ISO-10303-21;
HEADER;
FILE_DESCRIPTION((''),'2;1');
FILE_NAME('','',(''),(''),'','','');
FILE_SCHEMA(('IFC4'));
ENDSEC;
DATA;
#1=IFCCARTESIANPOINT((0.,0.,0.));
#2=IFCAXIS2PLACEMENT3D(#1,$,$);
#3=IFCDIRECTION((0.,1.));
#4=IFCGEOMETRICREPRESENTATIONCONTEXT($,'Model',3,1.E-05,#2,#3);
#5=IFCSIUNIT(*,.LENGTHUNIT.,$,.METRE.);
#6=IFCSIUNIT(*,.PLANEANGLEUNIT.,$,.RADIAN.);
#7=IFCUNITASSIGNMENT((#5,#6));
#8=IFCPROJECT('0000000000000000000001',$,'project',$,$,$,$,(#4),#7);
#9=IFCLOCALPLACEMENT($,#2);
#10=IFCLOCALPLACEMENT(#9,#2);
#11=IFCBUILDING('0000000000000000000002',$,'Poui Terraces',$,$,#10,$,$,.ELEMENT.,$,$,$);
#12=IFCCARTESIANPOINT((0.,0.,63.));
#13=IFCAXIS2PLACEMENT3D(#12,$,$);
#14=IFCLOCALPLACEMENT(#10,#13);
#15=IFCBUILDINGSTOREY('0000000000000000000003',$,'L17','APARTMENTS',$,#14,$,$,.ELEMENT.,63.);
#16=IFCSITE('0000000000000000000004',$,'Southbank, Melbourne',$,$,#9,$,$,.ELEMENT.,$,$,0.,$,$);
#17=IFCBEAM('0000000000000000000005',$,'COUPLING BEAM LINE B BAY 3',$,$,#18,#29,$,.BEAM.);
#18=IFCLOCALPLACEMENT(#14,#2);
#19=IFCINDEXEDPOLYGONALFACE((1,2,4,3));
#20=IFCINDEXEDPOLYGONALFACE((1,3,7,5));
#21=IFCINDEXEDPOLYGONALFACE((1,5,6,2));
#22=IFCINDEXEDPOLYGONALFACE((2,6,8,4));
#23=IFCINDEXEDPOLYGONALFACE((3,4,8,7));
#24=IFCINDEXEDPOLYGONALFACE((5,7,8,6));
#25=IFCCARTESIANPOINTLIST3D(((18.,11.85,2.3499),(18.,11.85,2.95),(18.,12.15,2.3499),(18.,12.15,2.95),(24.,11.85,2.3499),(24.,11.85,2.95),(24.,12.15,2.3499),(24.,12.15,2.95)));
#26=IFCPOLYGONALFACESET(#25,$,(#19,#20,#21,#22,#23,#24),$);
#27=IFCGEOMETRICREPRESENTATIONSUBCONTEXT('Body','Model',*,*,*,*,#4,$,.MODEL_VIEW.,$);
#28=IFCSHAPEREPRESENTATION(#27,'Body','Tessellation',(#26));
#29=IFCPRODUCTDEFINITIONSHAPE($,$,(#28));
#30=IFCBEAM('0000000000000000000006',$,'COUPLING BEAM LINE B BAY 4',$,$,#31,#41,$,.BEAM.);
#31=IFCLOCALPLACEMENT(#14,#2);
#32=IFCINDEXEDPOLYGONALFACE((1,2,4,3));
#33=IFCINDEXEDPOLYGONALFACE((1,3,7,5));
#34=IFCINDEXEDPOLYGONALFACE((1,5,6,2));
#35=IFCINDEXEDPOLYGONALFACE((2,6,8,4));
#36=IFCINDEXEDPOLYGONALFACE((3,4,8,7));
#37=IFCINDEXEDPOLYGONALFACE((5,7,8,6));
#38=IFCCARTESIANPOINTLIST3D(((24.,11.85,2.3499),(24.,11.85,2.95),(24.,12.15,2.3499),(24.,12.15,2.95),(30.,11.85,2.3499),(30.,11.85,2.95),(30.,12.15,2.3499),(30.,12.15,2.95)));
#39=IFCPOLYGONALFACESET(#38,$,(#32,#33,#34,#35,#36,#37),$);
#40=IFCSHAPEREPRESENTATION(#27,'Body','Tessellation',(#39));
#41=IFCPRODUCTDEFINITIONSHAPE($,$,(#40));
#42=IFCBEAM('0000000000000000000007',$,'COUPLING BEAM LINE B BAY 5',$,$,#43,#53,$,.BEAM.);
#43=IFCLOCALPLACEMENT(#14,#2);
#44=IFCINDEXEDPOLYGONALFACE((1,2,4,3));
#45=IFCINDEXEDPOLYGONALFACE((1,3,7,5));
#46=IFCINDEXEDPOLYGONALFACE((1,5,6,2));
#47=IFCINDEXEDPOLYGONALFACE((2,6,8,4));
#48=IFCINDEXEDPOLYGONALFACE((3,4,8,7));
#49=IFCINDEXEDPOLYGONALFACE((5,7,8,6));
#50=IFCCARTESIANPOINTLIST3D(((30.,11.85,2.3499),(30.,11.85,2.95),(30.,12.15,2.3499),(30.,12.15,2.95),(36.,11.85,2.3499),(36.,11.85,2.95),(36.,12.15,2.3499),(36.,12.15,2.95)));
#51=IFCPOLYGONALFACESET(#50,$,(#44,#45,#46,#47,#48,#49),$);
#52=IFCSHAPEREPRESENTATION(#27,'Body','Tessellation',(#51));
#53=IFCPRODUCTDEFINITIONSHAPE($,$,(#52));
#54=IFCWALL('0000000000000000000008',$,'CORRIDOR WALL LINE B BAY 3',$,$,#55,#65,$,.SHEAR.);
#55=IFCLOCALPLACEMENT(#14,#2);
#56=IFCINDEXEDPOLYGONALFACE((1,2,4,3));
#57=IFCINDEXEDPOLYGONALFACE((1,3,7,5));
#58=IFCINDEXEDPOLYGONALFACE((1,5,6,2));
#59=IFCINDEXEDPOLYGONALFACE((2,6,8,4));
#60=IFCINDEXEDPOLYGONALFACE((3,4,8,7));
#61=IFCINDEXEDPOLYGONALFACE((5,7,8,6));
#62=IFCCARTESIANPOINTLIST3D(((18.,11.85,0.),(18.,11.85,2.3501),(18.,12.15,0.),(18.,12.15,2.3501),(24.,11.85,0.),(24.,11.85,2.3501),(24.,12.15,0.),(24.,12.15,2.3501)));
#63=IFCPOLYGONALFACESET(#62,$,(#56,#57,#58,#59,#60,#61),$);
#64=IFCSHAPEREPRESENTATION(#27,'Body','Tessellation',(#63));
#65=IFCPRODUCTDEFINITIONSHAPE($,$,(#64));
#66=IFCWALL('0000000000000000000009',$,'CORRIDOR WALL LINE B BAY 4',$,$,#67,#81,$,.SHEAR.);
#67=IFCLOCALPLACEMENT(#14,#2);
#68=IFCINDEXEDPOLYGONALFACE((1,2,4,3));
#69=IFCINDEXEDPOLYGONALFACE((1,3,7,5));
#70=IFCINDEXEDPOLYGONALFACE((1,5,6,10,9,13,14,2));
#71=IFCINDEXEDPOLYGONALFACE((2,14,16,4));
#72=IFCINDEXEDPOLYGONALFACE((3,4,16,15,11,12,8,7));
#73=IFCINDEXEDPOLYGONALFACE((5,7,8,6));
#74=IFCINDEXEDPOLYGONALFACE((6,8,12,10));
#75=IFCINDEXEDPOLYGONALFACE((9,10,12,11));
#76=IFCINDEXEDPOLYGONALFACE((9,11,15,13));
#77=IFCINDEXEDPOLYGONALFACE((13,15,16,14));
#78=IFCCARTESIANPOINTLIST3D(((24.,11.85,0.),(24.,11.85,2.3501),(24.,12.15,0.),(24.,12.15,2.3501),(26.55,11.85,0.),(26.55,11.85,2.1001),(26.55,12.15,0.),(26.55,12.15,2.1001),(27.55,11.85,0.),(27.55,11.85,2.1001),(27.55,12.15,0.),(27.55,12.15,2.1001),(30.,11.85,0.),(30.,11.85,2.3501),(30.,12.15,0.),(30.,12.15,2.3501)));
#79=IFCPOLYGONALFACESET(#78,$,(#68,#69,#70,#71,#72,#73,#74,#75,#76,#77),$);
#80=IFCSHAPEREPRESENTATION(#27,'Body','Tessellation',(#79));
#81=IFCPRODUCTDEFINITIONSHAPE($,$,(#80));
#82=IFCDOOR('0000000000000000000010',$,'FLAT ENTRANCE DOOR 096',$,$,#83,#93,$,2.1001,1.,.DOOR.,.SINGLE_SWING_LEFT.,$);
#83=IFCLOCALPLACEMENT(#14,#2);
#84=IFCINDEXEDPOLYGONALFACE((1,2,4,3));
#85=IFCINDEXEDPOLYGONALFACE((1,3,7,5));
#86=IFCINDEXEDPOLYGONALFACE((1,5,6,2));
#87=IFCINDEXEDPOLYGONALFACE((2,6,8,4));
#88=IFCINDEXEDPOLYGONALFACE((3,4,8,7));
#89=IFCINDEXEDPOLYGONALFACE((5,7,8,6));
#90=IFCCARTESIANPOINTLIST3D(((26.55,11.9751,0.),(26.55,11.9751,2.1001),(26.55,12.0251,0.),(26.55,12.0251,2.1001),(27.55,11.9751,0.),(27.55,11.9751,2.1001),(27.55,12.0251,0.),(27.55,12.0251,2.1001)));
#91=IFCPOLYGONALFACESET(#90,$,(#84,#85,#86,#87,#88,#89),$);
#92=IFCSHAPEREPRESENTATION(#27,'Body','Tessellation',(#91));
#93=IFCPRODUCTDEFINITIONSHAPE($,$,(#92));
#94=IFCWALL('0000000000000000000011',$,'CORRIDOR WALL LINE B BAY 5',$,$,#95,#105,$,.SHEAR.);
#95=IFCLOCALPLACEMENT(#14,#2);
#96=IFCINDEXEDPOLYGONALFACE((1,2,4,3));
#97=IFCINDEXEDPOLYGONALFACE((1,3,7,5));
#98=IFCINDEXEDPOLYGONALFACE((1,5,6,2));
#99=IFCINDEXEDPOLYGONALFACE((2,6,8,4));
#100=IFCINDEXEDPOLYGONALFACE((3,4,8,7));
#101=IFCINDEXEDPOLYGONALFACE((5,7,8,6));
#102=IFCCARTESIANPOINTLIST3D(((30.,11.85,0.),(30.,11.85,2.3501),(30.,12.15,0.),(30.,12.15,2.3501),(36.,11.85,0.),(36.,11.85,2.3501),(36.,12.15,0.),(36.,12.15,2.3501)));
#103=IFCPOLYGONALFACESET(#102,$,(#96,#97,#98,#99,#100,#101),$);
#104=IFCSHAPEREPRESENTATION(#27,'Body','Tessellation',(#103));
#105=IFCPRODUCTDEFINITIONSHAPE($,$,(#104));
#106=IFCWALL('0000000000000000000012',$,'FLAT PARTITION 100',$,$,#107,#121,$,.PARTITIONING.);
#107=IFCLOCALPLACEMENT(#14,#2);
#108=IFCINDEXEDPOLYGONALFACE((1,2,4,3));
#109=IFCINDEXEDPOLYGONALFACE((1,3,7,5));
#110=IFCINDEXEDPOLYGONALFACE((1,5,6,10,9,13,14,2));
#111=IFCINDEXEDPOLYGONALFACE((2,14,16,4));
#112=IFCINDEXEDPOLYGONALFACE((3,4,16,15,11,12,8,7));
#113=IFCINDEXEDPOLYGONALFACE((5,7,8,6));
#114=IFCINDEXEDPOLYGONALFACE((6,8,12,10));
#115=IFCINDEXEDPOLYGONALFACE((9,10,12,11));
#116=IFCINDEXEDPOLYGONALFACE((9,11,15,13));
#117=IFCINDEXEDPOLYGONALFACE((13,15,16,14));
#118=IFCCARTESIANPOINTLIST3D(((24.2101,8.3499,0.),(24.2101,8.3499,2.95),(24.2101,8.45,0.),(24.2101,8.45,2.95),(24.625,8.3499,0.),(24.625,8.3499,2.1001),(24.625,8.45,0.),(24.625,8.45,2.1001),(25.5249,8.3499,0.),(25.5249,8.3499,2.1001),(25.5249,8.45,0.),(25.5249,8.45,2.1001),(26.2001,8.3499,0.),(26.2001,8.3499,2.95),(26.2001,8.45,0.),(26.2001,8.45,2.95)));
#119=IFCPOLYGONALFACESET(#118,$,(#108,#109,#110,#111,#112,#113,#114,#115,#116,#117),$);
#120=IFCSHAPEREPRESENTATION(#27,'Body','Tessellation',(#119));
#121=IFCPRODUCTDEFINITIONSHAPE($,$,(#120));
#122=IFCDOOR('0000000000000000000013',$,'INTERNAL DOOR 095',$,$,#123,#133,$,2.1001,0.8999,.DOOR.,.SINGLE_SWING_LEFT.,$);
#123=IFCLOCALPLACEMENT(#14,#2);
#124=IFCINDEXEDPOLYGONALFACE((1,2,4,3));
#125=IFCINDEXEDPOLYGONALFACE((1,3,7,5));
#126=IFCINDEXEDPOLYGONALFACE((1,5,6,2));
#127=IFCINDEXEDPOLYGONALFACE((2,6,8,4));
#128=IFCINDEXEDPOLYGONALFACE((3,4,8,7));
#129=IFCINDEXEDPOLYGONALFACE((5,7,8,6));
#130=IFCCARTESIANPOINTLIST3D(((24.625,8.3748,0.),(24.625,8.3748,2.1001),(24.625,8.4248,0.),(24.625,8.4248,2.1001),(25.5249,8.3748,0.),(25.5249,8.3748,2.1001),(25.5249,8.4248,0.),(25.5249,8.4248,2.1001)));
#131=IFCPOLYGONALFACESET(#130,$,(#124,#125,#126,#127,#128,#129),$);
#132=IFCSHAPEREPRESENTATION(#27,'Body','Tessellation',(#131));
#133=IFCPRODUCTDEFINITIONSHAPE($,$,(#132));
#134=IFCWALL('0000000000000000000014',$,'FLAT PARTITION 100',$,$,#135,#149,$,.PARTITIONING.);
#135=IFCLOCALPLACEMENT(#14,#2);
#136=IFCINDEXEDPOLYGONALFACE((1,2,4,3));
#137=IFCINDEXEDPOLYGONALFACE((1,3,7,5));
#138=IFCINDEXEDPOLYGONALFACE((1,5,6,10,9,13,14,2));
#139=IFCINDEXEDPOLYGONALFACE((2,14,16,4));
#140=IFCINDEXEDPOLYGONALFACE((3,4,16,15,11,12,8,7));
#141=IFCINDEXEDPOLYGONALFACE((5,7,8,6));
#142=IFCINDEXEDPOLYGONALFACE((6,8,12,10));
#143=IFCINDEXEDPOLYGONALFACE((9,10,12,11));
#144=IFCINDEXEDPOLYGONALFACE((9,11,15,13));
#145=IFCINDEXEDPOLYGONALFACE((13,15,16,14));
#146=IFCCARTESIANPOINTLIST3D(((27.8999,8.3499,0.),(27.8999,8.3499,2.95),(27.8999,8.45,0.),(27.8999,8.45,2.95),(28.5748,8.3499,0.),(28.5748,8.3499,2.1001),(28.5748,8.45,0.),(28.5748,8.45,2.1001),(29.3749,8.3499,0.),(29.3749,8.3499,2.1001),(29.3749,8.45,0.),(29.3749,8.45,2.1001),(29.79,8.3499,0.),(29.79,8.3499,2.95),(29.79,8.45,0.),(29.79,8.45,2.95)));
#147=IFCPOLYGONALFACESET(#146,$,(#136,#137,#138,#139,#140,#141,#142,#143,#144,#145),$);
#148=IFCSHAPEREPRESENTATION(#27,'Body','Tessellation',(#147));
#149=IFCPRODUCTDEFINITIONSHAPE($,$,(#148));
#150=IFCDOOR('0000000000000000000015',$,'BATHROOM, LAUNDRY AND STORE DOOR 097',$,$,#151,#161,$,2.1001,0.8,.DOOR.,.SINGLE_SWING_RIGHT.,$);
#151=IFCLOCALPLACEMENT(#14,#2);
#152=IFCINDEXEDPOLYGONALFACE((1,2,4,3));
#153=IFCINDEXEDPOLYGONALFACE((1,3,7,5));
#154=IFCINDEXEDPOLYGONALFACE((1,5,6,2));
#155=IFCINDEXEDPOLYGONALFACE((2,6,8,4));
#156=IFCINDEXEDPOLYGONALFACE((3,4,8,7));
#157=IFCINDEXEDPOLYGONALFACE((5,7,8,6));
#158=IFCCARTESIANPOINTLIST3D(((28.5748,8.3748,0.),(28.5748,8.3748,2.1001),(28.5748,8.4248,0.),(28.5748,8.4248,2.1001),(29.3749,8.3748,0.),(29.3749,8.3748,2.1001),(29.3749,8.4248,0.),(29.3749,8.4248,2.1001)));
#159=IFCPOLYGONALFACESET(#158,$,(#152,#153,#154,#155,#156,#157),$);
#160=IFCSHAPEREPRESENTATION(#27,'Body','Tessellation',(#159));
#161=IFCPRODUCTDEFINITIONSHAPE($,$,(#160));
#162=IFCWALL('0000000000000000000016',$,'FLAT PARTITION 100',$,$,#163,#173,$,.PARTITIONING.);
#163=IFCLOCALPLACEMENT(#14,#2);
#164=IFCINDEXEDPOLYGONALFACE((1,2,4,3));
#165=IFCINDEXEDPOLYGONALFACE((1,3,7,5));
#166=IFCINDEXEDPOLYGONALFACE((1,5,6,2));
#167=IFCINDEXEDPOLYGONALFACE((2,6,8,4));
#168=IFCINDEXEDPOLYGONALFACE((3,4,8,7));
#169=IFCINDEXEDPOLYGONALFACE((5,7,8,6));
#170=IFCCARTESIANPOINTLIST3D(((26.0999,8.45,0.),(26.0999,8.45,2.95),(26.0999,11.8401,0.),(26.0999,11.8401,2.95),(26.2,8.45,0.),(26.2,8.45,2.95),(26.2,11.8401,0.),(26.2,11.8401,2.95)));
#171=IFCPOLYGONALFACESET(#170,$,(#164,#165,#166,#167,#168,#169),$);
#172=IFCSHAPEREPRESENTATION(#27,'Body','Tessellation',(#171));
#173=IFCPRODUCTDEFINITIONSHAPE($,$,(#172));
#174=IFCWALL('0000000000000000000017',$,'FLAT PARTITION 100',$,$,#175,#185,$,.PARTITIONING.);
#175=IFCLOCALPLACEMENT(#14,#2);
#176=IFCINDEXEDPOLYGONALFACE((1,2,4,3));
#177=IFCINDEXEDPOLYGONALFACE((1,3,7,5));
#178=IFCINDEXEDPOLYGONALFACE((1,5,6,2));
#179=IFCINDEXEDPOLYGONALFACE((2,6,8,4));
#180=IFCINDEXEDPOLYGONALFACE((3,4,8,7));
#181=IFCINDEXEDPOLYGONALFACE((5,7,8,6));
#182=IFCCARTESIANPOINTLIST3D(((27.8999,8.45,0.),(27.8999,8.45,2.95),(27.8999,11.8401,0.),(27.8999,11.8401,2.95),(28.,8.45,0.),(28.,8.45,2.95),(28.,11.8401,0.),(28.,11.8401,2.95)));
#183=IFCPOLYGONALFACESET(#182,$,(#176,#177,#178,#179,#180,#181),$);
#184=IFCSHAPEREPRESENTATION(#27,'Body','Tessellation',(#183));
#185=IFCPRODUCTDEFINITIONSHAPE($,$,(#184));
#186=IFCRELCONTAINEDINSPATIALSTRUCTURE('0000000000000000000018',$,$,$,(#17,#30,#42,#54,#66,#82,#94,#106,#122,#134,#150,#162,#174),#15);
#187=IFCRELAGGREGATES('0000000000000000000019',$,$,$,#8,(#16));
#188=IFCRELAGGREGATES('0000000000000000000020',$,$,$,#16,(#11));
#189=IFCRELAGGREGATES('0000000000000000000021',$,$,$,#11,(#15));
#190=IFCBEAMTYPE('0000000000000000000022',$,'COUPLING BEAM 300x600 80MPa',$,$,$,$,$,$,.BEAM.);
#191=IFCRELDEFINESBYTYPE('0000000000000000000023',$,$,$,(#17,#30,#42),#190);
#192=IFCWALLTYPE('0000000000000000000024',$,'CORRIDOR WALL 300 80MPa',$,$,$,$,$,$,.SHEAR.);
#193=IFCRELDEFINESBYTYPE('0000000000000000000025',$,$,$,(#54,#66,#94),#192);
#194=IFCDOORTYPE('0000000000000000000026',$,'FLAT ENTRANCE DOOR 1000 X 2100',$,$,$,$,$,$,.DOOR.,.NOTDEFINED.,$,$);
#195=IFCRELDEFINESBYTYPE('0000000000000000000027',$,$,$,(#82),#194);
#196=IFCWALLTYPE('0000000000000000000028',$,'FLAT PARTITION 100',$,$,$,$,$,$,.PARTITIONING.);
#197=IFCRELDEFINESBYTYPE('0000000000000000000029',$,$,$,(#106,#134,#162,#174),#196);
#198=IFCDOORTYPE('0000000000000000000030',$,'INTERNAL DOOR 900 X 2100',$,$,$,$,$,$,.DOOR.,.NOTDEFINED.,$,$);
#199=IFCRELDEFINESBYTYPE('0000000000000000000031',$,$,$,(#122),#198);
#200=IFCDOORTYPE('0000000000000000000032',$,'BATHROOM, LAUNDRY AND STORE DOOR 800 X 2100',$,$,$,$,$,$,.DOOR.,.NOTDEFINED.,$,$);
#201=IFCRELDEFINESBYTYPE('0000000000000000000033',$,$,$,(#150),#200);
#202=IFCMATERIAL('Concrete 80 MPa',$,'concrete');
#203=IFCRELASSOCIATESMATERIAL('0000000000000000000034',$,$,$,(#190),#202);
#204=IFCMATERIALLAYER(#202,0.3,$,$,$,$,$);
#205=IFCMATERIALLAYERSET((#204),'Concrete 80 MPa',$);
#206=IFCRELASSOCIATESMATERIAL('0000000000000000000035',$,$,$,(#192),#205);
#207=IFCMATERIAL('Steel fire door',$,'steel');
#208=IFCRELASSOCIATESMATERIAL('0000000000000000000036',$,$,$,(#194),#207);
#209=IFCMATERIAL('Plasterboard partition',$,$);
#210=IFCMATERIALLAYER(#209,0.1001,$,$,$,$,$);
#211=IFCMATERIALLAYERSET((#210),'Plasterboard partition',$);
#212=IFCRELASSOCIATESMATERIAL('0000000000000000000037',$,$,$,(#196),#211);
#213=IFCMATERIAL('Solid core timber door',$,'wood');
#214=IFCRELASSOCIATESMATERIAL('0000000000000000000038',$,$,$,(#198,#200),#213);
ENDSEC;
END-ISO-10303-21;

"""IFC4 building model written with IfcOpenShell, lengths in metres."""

from ifc_helpers import new_model, si_unit, direction, frame, frame_2d, origin, origin_2d, place, context, subcontext, project, spatial, rectangle, extrude, source, transform, mapped, material, layer, layer_set, material_profile, profile_set, type_object, element, fill, save


model = new_model("IFC4")

# Units and contexts
model_context = context("Model", 3, precision=1e-05, world=origin(), true_north=direction((0.0, 1.0)))
body_context = subcontext(model_context, "Body", "Model", "MODEL_VIEW")
ifc_project = project(units=[si_unit("LENGTHUNIT", "METRE"), si_unit("PLANEANGLEUNIT", "RADIAN")], contexts=[model_context])

# Site, building, storey
site_placement = place(None, origin())
site = spatial("IfcSite", under=ifc_project, at=site_placement, Name="Southbank, Melbourne", CompositionType="ELEMENT", RefElevation=0.0)
building_placement = place(site_placement, origin())
building = spatial("IfcBuilding", under=site, at=building_placement, Name="Poui Terraces", CompositionType="ELEMENT")
storey_placement = place(building_placement, frame((0.0, 0.0, 63.0)))
storey = spatial("IfcBuildingStorey", under=building, at=storey_placement, Name="L17", Description="APARTMENTS", CompositionType="ELEMENT", Elevation=63.0)

# Beams
ifc_material_1 = material(Name="Concrete 80 MPa", Category="concrete")
ifc_material_profile = material_profile(ifc_material_1, rectangle(XDim=0.3, YDim=0.6001, at=origin_2d()), Name="RC 300x600")
ifc_profile_set = profile_set([ifc_material_profile], Name="Concrete 80 MPa")
beam_type = type_object("IfcBeamType", Name="COUPLING BEAM 300x600 80MPa", PredefinedType="BEAM", material=ifc_profile_set)
shared_shape = source(origin(), body_context, "Body", "SweptSolid", [
    extrude(rectangle(XDim=0.3, YDim=0.6001, at=origin_2d()), origin(), (0.0, 0.0, 1.0), 6.0),
])
for number, where, z_axis, x_axis, name in (
    (1, (18.0, 12.0, 2.6499), (1.0, 0.0, 0.0), (0.0, 1.0, 0.0), "COUPLING BEAM LINE B BAY 3"),
    (2, (24.0, 12.0, 2.6499), (1.0, 0.0, 0.0), (0.0, 1.0, 0.0), "COUPLING BEAM LINE B BAY 4"),
    (3, (30.0, 12.0, 2.6499), (1.0, 0.0, 0.0), (0.0, 1.0, 0.0), "COUPLING BEAM LINE B BAY 5"),
):
    element("IfcBeam", number, at=place(storey_placement, frame(where, z_axis=z_axis, x_axis=x_axis)), inside=storey, type_object=beam_type, Name=name, PredefinedType="BEAM", context=body_context, shape_type="MappedRepresentation", body=[
        mapped(shared_shape, transform((0.0, 0.0, 0.0))),
    ])

# Wall
ifc_layer_1 = layer(ifc_material_1, 0.3)
ifc_layer_set_1 = layer_set([ifc_layer_1], Name="Concrete 80 MPa")
wall_type_1 = type_object("IfcWallType", Name="CORRIDOR WALL 300 80MPa", PredefinedType="SHEAR", material=ifc_layer_set_1)
wall_1_placement = place(storey_placement, frame((18.0, 12.0, 0.0), z_axis=(0.0, 0.0, 1.0), x_axis=(1.0, 0.0, 0.0)))
element("IfcWall", 4, at=wall_1_placement, inside=storey, type_object=wall_type_1, Name="CORRIDOR WALL LINE B BAY 3", PredefinedType="SHEAR", context=body_context, shape_type="SweptSolid", body=[
    extrude(rectangle(XDim=6.0, YDim=0.3, at=frame_2d((3.0, 0.0))), origin(), (0.0, 0.0, 1.0), 2.3501),
])

# Wall, opening, door
wall_2_placement = place(storey_placement, frame((24.0, 12.0, 0.0), z_axis=(0.0, 0.0, 1.0), x_axis=(1.0, 0.0, 0.0)))
wall_2 = element("IfcWall", 5, at=wall_2_placement, inside=storey, type_object=wall_type_1, Name="CORRIDOR WALL LINE B BAY 4", PredefinedType="SHEAR", context=body_context, shape_type="SweptSolid", body=[
    extrude(rectangle(XDim=6.0, YDim=0.3, at=frame_2d((3.0, 0.0))), origin(), (0.0, 0.0, 1.0), 2.3501),
])
opening_1_placement = place(wall_2_placement, frame((2.55, 0.0, 0.0)))
opening_1 = element("IfcOpeningElement", 6, at=opening_1_placement, cuts=wall_2, PredefinedType="OPENING", context=body_context, shape_type="SweptSolid", body=[
    extrude(rectangle(XDim=1.0, YDim=2.1001, at=frame_2d((0.5, 1.05))), frame((0.0, 0.1602, 0.0), z_axis=(0.0, -1.0, 0.0), x_axis=(1.0, 0.0, 0.0)), (0.0, 0.0, 1.0), 0.3201),
])
ifc_material_2 = material(Name="Steel fire door", Category="steel")
door_type_1 = type_object("IfcDoorType", Name="FLAT ENTRANCE DOOR 1000 X 2100", OperationType="NOTDEFINED", PredefinedType="DOOR", material=ifc_material_2)
door_1_placement = place(opening_1_placement, frame((1.0, 0.0, 0.0), z_axis=(0.0, 0.0, 1.0), x_axis=(-1.0, 0.0, 0.0)))
door_1 = element("IfcDoor", 7, at=door_1_placement, inside=storey, type_object=door_type_1, Name="FLAT ENTRANCE DOOR 096", OperationType="SINGLE_SWING_LEFT", OverallHeight=2.1001, OverallWidth=1.0, PredefinedType="DOOR", context=body_context, shape_type="SweptSolid", body=[
    extrude(rectangle(XDim=1.0, YDim=2.1001, at=frame_2d((0.5, 1.05))), frame((0.0, 0.0249, 0.0), z_axis=(0.0, -1.0, 0.0), x_axis=(1.0, 0.0, 0.0)), (0.0, 0.0, 1.0), 0.05),
])
fill(opening_1, door_1)

# Wall
wall_3_placement = place(storey_placement, frame((30.0, 12.0, 0.0), z_axis=(0.0, 0.0, 1.0), x_axis=(1.0, 0.0, 0.0)))
element("IfcWall", 8, at=wall_3_placement, inside=storey, type_object=wall_type_1, Name="CORRIDOR WALL LINE B BAY 5", PredefinedType="SHEAR", context=body_context, shape_type="SweptSolid", body=[
    extrude(rectangle(XDim=6.0, YDim=0.3, at=frame_2d((3.0, 0.0))), origin(), (0.0, 0.0, 1.0), 2.3501),
])

# Walls, openings, doors
ifc_material_3 = material(Name="Plasterboard partition")
ifc_layer_2 = layer(ifc_material_3, 0.1001)
ifc_layer_set_2 = layer_set([ifc_layer_2], Name="Plasterboard partition")
wall_type_2 = type_object("IfcWallType", Name="FLAT PARTITION 100", PredefinedType="PARTITIONING", material=ifc_layer_set_2)
wall_4_placement = place(storey_placement, frame((24.21, 8.3999, 0.0), z_axis=(0.0, 0.0, 1.0), x_axis=(1.0, 0.0, 0.0)))
wall_4 = element("IfcWall", 9, at=wall_4_placement, inside=storey, type_object=wall_type_2, Name="FLAT PARTITION 100", PredefinedType="PARTITIONING", context=body_context, shape_type="SweptSolid", body=[
    extrude(rectangle(XDim=1.99, YDim=0.1001, at=frame_2d((0.9951, 0.0))), origin(), (0.0, 0.0, 1.0), 2.95),
])
opening_2_placement = place(wall_4_placement, frame((0.415, 0.0, 0.0)))
opening_2 = element("IfcOpeningElement", 10, at=opening_2_placement, cuts=wall_4, PredefinedType="OPENING", context=body_context, shape_type="SweptSolid", body=[
    extrude(rectangle(XDim=0.8999, YDim=2.1001, at=frame_2d((0.45, 1.05))), frame((0.0, 0.0601, 0.0), z_axis=(0.0, -1.0, 0.0), x_axis=(1.0, 0.0, 0.0)), (0.0, 0.0, 1.0), 0.1201),
])
ifc_material_4 = material(Name="Solid core timber door", Category="wood")
door_type_2 = type_object("IfcDoorType", Name="INTERNAL DOOR 900 X 2100", OperationType="NOTDEFINED", PredefinedType="DOOR", material=ifc_material_4)
door_2_placement = place(opening_2_placement, origin())
door_2 = element("IfcDoor", 11, at=door_2_placement, inside=storey, type_object=door_type_2, Name="INTERNAL DOOR 095", OperationType="SINGLE_SWING_LEFT", OverallHeight=2.1001, OverallWidth=0.8999, PredefinedType="DOOR", context=body_context, shape_type="SweptSolid", body=[
    extrude(rectangle(XDim=0.8999, YDim=2.1001, at=frame_2d((0.45, 1.05))), frame((0.0, 0.0249, 0.0), z_axis=(0.0, -1.0, 0.0), x_axis=(1.0, 0.0, 0.0)), (0.0, 0.0, 1.0), 0.05),
])
fill(opening_2, door_2)
wall_5_placement = place(storey_placement, frame((27.8999, 8.3999, 0.0), z_axis=(0.0, 0.0, 1.0), x_axis=(1.0, 0.0, 0.0)))
wall_5 = element("IfcWall", 12, at=wall_5_placement, inside=storey, type_object=wall_type_2, Name="FLAT PARTITION 100", PredefinedType="PARTITIONING", context=body_context, shape_type="SweptSolid", body=[
    extrude(rectangle(XDim=1.8901, YDim=0.1001, at=frame_2d((0.9451, 0.0))), origin(), (0.0, 0.0, 1.0), 2.95),
])
opening_3_placement = place(wall_5_placement, frame((0.675, 0.0, 0.0)))
opening_3 = element("IfcOpeningElement", 13, at=opening_3_placement, cuts=wall_5, PredefinedType="OPENING", context=body_context, shape_type="SweptSolid", body=[
    extrude(rectangle(XDim=0.8, YDim=2.1001, at=frame_2d((0.3999, 1.05))), frame((0.0, 0.0601, 0.0), z_axis=(0.0, -1.0, 0.0), x_axis=(1.0, 0.0, 0.0)), (0.0, 0.0, 1.0), 0.1201),
])
door_type_3 = type_object("IfcDoorType", Name="BATHROOM, LAUNDRY AND STORE DOOR 800 X 2100", OperationType="NOTDEFINED", PredefinedType="DOOR", material=ifc_material_4)
door_3_placement = place(opening_3_placement, origin())
door_3 = element("IfcDoor", 14, at=door_3_placement, inside=storey, type_object=door_type_3, Name="BATHROOM, LAUNDRY AND STORE DOOR 097", OperationType="SINGLE_SWING_RIGHT", OverallHeight=2.1001, OverallWidth=0.8, PredefinedType="DOOR", context=body_context, shape_type="SweptSolid", body=[
    extrude(rectangle(XDim=0.8, YDim=2.1001, at=frame_2d((0.3999, 1.05))), frame((0.0, 0.0249, 0.0), z_axis=(0.0, -1.0, 0.0), x_axis=(1.0, 0.0, 0.0)), (0.0, 0.0, 1.0), 0.05),
])
fill(opening_3, door_3)

# Walls
for number, where, z_axis, x_axis, name in (
    (15, (26.1499, 8.45, 0.0), (0.0, 0.0, 1.0), (0.0, 1.0, 0.0), "FLAT PARTITION 100"),
    (16, (27.95, 8.45, 0.0), (0.0, 0.0, 1.0), (0.0, 1.0, 0.0), "FLAT PARTITION 100"),
):
    element("IfcWall", number, at=place(storey_placement, frame(where, z_axis=z_axis, x_axis=x_axis)), inside=storey, type_object=wall_type_2, Name=name, PredefinedType="PARTITIONING", context=body_context, shape_type="SweptSolid", body=[
        extrude(rectangle(XDim=3.3901, YDim=0.1001, at=frame_2d((1.6951, 0.0))), origin(), (0.0, 0.0, 1.0), 2.95),
    ])

save(model, "model.ifc")
